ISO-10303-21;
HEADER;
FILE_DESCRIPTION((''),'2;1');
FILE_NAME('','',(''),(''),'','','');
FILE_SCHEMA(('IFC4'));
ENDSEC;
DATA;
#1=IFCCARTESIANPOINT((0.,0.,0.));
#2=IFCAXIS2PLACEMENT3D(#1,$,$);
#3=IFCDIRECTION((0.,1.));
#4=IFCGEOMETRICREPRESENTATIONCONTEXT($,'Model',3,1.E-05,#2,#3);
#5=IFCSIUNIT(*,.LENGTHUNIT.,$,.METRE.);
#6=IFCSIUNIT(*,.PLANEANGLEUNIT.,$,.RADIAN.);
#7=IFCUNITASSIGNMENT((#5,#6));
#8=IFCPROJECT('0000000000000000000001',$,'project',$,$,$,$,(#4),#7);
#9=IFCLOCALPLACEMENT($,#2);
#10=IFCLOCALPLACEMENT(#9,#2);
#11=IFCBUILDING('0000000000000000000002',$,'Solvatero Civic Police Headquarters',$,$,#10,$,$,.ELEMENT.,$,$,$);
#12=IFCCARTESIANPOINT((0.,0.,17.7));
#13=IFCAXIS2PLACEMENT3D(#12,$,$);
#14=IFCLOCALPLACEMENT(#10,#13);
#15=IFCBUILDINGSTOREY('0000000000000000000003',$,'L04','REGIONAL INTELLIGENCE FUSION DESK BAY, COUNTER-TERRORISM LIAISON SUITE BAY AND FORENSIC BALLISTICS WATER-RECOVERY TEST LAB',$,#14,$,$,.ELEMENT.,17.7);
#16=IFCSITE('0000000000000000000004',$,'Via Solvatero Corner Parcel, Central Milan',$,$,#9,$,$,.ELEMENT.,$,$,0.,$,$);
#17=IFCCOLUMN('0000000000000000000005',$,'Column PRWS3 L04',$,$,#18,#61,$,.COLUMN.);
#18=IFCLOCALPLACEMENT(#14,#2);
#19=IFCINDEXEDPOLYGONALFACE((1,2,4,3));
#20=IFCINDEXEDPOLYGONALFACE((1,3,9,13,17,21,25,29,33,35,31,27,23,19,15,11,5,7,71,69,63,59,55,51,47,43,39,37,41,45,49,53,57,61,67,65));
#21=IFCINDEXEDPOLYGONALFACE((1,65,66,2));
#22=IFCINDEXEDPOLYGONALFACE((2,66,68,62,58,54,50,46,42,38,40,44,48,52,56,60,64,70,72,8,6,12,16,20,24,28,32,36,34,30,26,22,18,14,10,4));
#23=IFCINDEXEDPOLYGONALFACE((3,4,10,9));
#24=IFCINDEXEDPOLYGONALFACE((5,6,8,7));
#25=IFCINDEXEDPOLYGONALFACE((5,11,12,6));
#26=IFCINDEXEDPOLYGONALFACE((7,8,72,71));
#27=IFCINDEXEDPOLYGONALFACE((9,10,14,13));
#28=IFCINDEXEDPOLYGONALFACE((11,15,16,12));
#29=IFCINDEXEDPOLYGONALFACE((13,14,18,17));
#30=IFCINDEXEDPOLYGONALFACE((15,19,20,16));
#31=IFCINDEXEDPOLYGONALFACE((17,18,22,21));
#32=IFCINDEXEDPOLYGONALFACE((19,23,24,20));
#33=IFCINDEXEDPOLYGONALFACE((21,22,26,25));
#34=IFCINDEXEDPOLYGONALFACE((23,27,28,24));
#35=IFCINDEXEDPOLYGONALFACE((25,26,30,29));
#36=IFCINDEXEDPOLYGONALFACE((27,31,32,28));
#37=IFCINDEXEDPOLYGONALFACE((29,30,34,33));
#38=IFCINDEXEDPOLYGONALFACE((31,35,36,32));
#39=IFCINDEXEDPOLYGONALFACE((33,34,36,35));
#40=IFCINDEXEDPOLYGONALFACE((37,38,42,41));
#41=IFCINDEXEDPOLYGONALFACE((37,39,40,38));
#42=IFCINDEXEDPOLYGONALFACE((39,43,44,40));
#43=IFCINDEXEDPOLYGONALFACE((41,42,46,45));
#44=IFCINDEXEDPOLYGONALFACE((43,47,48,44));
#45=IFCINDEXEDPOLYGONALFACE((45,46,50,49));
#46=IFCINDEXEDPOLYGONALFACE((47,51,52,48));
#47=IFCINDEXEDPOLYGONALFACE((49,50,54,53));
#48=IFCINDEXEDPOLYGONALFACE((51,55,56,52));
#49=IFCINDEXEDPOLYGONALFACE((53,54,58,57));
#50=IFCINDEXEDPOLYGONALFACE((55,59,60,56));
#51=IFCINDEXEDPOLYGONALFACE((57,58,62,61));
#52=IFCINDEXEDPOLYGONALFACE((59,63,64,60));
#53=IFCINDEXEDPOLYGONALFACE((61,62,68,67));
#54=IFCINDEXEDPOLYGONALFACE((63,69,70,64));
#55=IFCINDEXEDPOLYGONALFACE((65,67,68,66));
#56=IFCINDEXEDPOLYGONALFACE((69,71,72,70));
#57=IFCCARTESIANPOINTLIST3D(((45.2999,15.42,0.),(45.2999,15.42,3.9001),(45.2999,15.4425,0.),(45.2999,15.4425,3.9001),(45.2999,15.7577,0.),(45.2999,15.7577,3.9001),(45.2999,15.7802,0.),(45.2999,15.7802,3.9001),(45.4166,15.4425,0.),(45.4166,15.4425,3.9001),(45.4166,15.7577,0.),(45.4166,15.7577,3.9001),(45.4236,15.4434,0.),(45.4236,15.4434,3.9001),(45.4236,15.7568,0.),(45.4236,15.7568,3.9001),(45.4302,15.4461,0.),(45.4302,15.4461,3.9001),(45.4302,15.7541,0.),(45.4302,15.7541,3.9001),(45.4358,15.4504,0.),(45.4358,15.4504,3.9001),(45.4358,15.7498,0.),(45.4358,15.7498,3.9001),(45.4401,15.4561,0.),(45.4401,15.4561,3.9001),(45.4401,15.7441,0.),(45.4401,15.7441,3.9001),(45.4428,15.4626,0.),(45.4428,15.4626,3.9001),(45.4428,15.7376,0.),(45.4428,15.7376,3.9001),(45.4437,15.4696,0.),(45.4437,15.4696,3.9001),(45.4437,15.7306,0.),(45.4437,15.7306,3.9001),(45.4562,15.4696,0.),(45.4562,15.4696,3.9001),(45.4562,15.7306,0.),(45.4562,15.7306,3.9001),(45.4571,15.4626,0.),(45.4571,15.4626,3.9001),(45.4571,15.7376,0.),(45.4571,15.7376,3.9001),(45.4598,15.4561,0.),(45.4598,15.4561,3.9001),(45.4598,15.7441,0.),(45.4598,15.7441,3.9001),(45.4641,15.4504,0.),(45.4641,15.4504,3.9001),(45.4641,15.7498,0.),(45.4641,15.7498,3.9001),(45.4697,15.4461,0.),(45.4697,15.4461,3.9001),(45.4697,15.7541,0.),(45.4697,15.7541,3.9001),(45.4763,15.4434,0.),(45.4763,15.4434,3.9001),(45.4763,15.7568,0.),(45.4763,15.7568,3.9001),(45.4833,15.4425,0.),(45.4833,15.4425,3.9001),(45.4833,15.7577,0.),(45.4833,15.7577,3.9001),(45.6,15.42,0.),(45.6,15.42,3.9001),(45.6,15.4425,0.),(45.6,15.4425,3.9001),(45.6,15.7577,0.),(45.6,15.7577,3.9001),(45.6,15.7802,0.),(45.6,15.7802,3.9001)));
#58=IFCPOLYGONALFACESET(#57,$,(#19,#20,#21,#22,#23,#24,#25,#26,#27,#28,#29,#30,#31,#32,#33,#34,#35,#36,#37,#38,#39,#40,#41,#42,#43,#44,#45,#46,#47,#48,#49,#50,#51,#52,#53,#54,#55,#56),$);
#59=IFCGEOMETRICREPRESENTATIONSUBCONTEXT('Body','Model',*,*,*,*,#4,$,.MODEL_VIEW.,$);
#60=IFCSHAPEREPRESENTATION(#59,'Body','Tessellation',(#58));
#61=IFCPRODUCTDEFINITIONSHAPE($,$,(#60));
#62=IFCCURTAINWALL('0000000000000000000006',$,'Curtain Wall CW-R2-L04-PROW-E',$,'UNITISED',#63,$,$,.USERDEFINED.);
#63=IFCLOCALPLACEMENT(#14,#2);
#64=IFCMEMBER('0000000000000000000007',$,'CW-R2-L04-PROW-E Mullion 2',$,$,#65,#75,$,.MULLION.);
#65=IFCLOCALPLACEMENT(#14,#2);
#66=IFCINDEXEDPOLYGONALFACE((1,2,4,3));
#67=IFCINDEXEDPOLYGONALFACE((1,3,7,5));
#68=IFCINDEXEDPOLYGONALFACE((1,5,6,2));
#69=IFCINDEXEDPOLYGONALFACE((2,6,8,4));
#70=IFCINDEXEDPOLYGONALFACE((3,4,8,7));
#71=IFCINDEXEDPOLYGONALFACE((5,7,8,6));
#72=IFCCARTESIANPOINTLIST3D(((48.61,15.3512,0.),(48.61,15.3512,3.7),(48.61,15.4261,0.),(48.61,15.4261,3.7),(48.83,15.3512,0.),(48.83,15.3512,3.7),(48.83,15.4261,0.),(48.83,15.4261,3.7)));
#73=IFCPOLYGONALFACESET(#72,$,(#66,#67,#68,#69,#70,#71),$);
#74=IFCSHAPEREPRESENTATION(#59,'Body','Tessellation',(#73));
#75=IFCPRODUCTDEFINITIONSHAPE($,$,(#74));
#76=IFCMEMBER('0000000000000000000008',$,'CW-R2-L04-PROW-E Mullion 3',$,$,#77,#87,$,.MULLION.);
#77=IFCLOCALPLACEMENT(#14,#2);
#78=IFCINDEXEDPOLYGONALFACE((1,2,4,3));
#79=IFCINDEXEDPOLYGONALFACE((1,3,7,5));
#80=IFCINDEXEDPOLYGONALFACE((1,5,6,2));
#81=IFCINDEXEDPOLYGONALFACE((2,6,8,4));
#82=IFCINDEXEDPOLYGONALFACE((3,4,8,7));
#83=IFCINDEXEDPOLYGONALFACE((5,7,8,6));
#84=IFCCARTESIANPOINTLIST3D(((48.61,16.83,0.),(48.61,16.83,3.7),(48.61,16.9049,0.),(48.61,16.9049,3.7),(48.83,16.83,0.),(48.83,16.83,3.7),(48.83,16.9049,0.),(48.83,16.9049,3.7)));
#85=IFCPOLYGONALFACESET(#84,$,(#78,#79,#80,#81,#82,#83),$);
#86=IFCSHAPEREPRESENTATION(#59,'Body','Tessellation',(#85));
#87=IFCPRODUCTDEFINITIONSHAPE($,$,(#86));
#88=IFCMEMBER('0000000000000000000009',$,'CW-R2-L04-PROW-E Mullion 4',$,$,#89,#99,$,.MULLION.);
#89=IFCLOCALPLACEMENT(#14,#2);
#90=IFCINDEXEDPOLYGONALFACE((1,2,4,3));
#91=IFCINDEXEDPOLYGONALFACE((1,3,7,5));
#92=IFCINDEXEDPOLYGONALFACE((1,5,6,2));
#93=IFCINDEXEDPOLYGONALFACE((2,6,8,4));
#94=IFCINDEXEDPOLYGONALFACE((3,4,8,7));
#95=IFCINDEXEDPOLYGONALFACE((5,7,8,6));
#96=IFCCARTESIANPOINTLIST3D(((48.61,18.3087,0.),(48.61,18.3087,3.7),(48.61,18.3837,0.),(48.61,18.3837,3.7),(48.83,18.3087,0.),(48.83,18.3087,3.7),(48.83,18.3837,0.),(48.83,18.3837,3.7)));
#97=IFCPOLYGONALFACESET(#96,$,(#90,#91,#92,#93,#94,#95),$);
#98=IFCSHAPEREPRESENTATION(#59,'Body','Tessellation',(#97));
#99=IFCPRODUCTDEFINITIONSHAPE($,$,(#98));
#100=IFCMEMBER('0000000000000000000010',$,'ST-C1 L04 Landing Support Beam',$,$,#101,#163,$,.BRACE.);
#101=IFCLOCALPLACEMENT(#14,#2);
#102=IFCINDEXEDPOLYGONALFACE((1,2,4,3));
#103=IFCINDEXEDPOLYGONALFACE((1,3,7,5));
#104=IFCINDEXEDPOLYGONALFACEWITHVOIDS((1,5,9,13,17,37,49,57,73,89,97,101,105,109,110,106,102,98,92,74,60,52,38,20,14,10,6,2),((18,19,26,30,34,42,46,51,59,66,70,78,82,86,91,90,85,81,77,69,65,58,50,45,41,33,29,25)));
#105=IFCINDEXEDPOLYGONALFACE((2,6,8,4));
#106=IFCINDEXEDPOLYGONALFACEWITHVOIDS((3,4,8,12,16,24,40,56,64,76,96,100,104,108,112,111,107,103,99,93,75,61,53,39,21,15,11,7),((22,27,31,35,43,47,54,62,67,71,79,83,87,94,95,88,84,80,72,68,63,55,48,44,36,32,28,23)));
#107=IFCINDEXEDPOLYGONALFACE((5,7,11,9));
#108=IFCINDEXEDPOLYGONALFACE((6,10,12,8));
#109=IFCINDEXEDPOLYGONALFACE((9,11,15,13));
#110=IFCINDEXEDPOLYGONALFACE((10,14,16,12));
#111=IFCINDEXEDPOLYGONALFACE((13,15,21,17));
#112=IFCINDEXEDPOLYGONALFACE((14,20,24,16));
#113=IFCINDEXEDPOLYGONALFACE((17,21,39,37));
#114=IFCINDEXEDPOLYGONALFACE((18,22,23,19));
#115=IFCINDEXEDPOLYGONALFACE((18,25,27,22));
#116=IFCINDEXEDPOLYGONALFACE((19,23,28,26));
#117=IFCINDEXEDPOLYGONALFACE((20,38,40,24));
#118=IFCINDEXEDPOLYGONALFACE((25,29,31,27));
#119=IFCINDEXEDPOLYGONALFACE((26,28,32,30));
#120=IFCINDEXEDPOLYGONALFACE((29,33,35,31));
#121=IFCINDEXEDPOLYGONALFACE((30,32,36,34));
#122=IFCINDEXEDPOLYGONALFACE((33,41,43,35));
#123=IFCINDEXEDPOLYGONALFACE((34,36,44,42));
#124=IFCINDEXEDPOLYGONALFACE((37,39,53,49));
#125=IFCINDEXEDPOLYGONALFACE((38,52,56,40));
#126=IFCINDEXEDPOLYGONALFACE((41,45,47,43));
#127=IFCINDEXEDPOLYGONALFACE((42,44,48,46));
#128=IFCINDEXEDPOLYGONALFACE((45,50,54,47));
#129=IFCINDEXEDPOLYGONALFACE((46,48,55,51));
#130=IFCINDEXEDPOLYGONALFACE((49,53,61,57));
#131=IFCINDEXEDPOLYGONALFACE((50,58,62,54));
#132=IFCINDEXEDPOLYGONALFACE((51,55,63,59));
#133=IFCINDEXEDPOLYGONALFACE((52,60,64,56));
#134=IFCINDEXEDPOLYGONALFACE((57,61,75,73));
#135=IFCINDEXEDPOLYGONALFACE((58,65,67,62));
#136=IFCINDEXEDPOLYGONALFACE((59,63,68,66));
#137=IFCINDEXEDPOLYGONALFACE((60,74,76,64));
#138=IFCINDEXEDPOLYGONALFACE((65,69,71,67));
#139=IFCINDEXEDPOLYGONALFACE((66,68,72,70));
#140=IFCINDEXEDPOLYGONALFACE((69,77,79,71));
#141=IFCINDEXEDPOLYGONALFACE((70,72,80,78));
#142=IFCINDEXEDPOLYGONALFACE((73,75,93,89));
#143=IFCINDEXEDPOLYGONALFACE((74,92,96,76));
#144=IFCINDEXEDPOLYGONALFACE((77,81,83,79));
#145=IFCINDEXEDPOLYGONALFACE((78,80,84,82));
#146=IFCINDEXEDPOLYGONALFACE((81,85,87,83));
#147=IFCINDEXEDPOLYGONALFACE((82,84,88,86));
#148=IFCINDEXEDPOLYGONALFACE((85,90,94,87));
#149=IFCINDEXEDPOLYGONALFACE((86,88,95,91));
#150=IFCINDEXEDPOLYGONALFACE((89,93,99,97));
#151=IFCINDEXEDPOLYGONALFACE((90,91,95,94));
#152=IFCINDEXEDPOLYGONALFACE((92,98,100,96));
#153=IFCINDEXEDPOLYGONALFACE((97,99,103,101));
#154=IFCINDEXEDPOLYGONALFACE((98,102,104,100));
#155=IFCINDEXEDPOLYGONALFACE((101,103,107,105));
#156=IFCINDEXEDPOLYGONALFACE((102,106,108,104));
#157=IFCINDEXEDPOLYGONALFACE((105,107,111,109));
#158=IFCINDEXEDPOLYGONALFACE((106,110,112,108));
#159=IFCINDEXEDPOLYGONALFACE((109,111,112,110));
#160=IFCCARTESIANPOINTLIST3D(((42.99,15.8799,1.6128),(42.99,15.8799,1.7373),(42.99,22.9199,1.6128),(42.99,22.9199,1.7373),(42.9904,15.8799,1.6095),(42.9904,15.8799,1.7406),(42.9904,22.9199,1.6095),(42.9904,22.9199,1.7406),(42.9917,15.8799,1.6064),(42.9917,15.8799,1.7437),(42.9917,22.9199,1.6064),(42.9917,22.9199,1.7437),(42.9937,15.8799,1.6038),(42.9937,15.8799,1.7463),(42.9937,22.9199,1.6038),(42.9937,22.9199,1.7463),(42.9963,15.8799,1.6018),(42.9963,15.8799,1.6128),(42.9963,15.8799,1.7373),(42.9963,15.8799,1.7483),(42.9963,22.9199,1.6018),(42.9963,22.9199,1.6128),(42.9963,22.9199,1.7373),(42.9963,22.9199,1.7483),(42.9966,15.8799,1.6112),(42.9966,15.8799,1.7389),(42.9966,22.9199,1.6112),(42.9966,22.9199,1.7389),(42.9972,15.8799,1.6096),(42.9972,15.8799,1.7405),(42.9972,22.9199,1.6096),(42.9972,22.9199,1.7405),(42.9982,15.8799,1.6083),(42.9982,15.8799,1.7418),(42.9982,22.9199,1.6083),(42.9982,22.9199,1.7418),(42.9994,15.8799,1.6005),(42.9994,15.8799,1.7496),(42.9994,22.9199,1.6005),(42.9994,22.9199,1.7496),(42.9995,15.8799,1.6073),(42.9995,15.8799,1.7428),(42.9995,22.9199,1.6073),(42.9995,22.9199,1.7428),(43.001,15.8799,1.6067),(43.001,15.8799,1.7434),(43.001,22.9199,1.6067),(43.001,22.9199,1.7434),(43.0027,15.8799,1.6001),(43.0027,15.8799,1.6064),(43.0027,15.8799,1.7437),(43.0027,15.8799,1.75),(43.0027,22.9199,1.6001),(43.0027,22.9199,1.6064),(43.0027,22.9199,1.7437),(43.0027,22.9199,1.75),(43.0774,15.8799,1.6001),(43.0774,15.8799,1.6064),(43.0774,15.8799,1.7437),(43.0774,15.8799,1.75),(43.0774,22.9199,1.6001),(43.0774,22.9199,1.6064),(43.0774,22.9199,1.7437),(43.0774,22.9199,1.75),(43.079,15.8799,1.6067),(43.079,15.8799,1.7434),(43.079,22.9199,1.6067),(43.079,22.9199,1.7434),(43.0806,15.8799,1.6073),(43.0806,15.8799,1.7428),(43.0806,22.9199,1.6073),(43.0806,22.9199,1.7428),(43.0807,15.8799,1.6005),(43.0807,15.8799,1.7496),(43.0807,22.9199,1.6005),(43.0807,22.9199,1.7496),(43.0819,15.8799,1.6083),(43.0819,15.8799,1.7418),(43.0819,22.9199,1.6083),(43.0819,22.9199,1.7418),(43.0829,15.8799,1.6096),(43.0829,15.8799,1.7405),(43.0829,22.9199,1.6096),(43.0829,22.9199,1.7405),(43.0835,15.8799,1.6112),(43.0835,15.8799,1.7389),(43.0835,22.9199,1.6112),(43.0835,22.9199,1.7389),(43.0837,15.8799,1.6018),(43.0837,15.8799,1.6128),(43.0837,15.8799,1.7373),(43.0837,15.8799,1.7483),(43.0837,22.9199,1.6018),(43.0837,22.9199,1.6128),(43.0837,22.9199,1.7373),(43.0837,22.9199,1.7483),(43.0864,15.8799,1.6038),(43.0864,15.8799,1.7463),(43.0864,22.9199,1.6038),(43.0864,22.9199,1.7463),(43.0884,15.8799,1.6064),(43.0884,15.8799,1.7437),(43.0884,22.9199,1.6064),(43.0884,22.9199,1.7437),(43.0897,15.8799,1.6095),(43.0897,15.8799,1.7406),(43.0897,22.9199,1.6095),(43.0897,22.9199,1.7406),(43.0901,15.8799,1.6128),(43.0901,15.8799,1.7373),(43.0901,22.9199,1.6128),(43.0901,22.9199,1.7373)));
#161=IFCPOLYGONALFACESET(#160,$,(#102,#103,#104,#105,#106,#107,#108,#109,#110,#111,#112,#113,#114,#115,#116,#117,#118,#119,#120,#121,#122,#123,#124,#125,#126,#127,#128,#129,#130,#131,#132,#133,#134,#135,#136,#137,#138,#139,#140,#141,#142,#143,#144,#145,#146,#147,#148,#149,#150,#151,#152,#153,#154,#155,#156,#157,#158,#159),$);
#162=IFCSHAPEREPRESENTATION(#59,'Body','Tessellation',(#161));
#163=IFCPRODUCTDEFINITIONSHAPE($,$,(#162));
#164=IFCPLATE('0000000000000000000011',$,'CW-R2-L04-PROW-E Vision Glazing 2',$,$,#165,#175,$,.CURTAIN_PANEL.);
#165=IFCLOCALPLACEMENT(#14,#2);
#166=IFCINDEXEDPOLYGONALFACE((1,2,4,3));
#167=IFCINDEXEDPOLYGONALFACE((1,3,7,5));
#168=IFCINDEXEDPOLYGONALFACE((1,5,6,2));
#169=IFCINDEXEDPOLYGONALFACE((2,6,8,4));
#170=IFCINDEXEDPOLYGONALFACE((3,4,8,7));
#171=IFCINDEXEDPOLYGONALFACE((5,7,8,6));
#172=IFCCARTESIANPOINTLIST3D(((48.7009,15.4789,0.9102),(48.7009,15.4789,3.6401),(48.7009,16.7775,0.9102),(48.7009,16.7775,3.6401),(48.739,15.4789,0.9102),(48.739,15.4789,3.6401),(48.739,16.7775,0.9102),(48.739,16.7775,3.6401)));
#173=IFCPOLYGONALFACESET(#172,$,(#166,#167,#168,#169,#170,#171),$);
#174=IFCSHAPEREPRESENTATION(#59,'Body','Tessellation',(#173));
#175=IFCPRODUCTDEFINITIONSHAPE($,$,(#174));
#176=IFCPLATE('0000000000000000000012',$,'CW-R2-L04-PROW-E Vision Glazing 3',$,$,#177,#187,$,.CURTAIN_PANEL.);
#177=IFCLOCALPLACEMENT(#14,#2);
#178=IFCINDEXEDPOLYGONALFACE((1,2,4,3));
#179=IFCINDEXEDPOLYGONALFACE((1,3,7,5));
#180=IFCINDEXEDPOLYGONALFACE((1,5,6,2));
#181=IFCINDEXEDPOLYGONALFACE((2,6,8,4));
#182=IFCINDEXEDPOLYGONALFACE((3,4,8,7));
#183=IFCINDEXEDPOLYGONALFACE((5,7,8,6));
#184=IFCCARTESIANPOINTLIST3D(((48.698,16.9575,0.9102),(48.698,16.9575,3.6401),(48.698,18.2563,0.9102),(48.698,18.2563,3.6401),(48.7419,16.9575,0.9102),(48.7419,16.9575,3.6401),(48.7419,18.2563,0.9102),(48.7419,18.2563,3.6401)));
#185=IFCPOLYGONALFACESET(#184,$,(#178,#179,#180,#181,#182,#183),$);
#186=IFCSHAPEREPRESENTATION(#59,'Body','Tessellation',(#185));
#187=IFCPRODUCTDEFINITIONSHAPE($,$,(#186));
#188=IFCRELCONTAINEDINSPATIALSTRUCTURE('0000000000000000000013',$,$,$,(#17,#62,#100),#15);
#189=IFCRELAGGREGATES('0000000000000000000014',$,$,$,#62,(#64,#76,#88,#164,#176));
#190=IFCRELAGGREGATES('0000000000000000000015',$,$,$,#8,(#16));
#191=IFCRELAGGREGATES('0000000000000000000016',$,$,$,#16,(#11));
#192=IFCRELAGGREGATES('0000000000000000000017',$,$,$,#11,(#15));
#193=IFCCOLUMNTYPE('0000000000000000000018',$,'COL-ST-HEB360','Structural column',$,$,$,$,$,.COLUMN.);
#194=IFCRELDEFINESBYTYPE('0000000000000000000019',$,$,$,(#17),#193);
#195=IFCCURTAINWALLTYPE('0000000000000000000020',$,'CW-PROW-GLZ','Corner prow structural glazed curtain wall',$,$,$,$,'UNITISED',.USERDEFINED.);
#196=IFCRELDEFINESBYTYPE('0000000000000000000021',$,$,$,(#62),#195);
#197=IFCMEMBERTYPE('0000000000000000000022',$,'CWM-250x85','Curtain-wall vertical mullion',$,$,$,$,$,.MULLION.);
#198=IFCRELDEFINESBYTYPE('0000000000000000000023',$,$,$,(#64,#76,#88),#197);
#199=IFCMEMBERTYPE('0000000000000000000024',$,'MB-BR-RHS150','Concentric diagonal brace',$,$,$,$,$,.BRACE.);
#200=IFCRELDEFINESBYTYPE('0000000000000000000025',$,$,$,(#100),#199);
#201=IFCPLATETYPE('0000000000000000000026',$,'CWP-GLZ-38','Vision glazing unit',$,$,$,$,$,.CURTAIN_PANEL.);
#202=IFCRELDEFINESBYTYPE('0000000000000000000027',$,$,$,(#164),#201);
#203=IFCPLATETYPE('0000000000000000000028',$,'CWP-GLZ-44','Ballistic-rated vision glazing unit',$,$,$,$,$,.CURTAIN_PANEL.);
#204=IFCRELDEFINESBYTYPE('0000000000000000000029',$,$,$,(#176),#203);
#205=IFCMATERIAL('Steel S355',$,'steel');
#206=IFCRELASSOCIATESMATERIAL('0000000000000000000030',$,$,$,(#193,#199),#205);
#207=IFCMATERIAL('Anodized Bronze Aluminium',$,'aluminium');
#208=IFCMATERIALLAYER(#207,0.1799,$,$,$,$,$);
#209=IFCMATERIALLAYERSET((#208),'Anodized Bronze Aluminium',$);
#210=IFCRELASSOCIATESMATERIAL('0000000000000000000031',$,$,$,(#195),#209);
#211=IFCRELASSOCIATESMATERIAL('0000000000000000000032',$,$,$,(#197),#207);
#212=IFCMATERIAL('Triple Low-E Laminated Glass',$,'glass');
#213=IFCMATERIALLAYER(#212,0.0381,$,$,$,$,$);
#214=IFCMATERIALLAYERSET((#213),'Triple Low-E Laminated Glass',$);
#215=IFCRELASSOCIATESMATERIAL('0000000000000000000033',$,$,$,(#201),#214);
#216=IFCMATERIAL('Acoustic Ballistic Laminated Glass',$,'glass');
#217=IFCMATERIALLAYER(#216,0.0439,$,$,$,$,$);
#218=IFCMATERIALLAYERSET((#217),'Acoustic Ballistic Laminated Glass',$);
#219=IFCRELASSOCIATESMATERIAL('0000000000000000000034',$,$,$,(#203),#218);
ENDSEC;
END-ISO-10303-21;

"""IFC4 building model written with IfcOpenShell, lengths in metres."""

from ifc_helpers import new_model, si_unit, direction, frame, origin, origin_2d, place, context, subcontext, project, spatial, rectangle, hollow_rectangle, i_section, extrude, material, layer, layer_set, material_profile, profile_set, type_object, element, aggregate, save


model = new_model("IFC4")

# Units and contexts
model_context = context("Model", 3, precision=1e-05, world=origin(), true_north=direction((0.0, 1.0)))
body_context = subcontext(model_context, "Body", "Model", "MODEL_VIEW")
ifc_project = project(units=[si_unit("LENGTHUNIT", "METRE"), si_unit("PLANEANGLEUNIT", "RADIAN")], contexts=[model_context])

# Site, building, storey
site_placement = place(None, origin())
site = spatial("IfcSite", under=ifc_project, at=site_placement, Name="Via Solvatero Corner Parcel, Central Milan", CompositionType="ELEMENT", RefElevation=0.0)
building_placement = place(site_placement, origin())
building = spatial("IfcBuilding", under=site, at=building_placement, Name="Solvatero Civic Police Headquarters", CompositionType="ELEMENT")
storey_placement = place(building_placement, frame((0.0, 0.0, 17.7)))
storey = spatial("IfcBuildingStorey", under=building, at=storey_placement, Name="L04", Description="REGIONAL INTELLIGENCE FUSION DESK BAY, COUNTER-TERRORISM LIAISON SUITE BAY AND FORENSIC BALLISTICS WATER-RECOVERY TEST LAB", CompositionType="ELEMENT", Elevation=17.7)

# Column
ifc_material_1 = material(Name="Steel S355", Category="steel")
ifc_material_profile_1 = material_profile(ifc_material_1, i_section(OverallWidth=0.3, OverallDepth=0.3601, WebThickness=0.0125, FlangeThickness=0.0225, FilletRadius=0.0271, at=origin_2d()), Name="HEB 360")
ifc_profile_set_1 = profile_set([ifc_material_profile_1], Name="Steel S355")
column_type = type_object("IfcColumnType", Name="COL-ST-HEB360", Description="Structural column", PredefinedType="COLUMN", material=ifc_profile_set_1)
column_placement = place(storey_placement, frame((45.45, 15.6001, 0.0), z_axis=(0.0, 0.0, 1.0), x_axis=(1.0, 0.0, 0.0)))
element("IfcColumn", 1, at=column_placement, inside=storey, type_object=column_type, Name="Column PRWS3 L04", PredefinedType="COLUMN", context=body_context, shape_type="SweptSolid", body=[
    extrude(i_section(OverallWidth=0.3, OverallDepth=0.3601, WebThickness=0.0125, FlangeThickness=0.0225, FilletRadius=0.0271, at=origin_2d()), origin(), (0.0, 0.0, 1.0), 3.9001),
])

# Curtain wall, members
ifc_material_2 = material(Name="Anodized Bronze Aluminium", Category="aluminium")
ifc_layer_1 = layer(ifc_material_2, 0.1799)
ifc_layer_set_1 = layer_set([ifc_layer_1], Name="Anodized Bronze Aluminium")
curtain_wall_type = type_object("IfcCurtainWallType", Name="CW-PROW-GLZ", Description="Corner prow structural glazed curtain wall", ElementType="UNITISED", PredefinedType="USERDEFINED", material=ifc_layer_set_1)
curtain_wall_placement = place(storey_placement, origin())
curtain_wall = element("IfcCurtainWall", 2, at=curtain_wall_placement, inside=storey, type_object=curtain_wall_type, Name="Curtain Wall CW-R2-L04-PROW-E", ObjectType="UNITISED", PredefinedType="USERDEFINED")
ifc_material_profile_2 = material_profile(ifc_material_2, rectangle(XDim=0.075, YDim=0.22, at=origin_2d()), Name="ALU MULLION 75x220")
ifc_profile_set_2 = profile_set([ifc_material_profile_2], Name="Anodized Bronze Aluminium")
member_type_1 = type_object("IfcMemberType", Name="CWM-250x85", Description="Curtain-wall vertical mullion", PredefinedType="MULLION", material=ifc_profile_set_2)
member_1_placement = place(storey_placement, frame((48.72, 15.3887, 0.0), z_axis=(0.0, 0.0, 1.0), x_axis=(0.0, 1.0, 0.0)))
member_1 = element("IfcMember", 3, at=member_1_placement, type_object=member_type_1, Name="CW-R2-L04-PROW-E Mullion 2", PredefinedType="MULLION", context=body_context, shape_type="SweptSolid", body=[
    extrude(rectangle(XDim=0.075, YDim=0.22, at=origin_2d()), origin(), (0.0, 0.0, 1.0), 3.7),
])
member_2_placement = place(storey_placement, frame((48.72, 16.8674, 0.0), z_axis=(0.0, 0.0, 1.0), x_axis=(0.0, 1.0, 0.0)))
member_2 = element("IfcMember", 4, at=member_2_placement, type_object=member_type_1, Name="CW-R2-L04-PROW-E Mullion 3", PredefinedType="MULLION", context=body_context, shape_type="SweptSolid", body=[
    extrude(rectangle(XDim=0.075, YDim=0.22, at=origin_2d()), origin(), (0.0, 0.0, 1.0), 3.7),
])
member_3_placement = place(storey_placement, frame((48.72, 18.3462, 0.0), z_axis=(0.0, 0.0, 1.0), x_axis=(0.0, 1.0, 0.0)))
member_3 = element("IfcMember", 5, at=member_3_placement, type_object=member_type_1, Name="CW-R2-L04-PROW-E Mullion 4", PredefinedType="MULLION", context=body_context, shape_type="SweptSolid", body=[
    extrude(rectangle(XDim=0.075, YDim=0.22, at=origin_2d()), origin(), (0.0, 0.0, 1.0), 3.7),
])

# Member
ifc_material_profile_3 = material_profile(ifc_material_1, hollow_rectangle(XDim=0.1001, YDim=0.1499, WallThickness=0.0063, InnerFilletRadius=0.0063, OuterFilletRadius=0.0127, at=origin_2d()), Name="RHS 150x100x6.3")
ifc_profile_set_3 = profile_set([ifc_material_profile_3], Name="Steel S355")
member_type_2 = type_object("IfcMemberType", Name="MB-BR-RHS150", Description="Concentric diagonal brace", PredefinedType="BRACE", material=ifc_profile_set_3)
member_4_placement = place(storey_placement, frame((43.04, 15.8799, 1.675), z_axis=(0.0, 1.0, 0.0), x_axis=(-1.0, 0.0, 0.0)))
element("IfcMember", 6, at=member_4_placement, inside=storey, type_object=member_type_2, Name="ST-C1 L04 Landing Support Beam", PredefinedType="BRACE", context=body_context, shape_type="SweptSolid", body=[
    extrude(hollow_rectangle(XDim=0.1001, YDim=0.1499, WallThickness=0.0063, InnerFilletRadius=0.0063, OuterFilletRadius=0.0127, at=origin_2d()), origin(), (0.0, 0.0, 1.0), 7.04),
])

# Plates
ifc_material_3 = material(Name="Triple Low-E Laminated Glass", Category="glass")
ifc_layer_2 = layer(ifc_material_3, 0.0381)
ifc_layer_set_2 = layer_set([ifc_layer_2], Name="Triple Low-E Laminated Glass")
plate_type_1 = type_object("IfcPlateType", Name="CWP-GLZ-38", Description="Vision glazing unit", PredefinedType="CURTAIN_PANEL", material=ifc_layer_set_2)
plate_1_placement = place(storey_placement, frame((48.72, 16.1282, 0.9102), z_axis=(0.0, 0.0, 1.0), x_axis=(0.0, 1.0, 0.0)))
plate_1 = element("IfcPlate", 7, at=plate_1_placement, type_object=plate_type_1, Name="CW-R2-L04-PROW-E Vision Glazing 2", PredefinedType="CURTAIN_PANEL", context=body_context, shape_type="SweptSolid", body=[
    extrude(rectangle(XDim=1.2986, YDim=0.0381, at=origin_2d()), origin(), (0.0, 0.0, 1.0), 2.73),
])
ifc_material_4 = material(Name="Acoustic Ballistic Laminated Glass", Category="glass")
ifc_layer_3 = layer(ifc_material_4, 0.0439)
ifc_layer_set_3 = layer_set([ifc_layer_3], Name="Acoustic Ballistic Laminated Glass")
plate_type_2 = type_object("IfcPlateType", Name="CWP-GLZ-44", Description="Ballistic-rated vision glazing unit", PredefinedType="CURTAIN_PANEL", material=ifc_layer_set_3)
plate_2_placement = place(storey_placement, frame((48.72, 17.6069, 0.9102), z_axis=(0.0, 0.0, 1.0), x_axis=(0.0, 1.0, 0.0)))
plate_2 = element("IfcPlate", 8, at=plate_2_placement, type_object=plate_type_2, Name="CW-R2-L04-PROW-E Vision Glazing 3", PredefinedType="CURTAIN_PANEL", context=body_context, shape_type="SweptSolid", body=[
    extrude(rectangle(XDim=1.2988, YDim=0.0439, at=origin_2d()), origin(), (0.0, 0.0, 1.0), 2.73),
])
aggregate(curtain_wall, [member_1, member_2, member_3, plate_1, plate_2])

save(model, "model.ifc")
